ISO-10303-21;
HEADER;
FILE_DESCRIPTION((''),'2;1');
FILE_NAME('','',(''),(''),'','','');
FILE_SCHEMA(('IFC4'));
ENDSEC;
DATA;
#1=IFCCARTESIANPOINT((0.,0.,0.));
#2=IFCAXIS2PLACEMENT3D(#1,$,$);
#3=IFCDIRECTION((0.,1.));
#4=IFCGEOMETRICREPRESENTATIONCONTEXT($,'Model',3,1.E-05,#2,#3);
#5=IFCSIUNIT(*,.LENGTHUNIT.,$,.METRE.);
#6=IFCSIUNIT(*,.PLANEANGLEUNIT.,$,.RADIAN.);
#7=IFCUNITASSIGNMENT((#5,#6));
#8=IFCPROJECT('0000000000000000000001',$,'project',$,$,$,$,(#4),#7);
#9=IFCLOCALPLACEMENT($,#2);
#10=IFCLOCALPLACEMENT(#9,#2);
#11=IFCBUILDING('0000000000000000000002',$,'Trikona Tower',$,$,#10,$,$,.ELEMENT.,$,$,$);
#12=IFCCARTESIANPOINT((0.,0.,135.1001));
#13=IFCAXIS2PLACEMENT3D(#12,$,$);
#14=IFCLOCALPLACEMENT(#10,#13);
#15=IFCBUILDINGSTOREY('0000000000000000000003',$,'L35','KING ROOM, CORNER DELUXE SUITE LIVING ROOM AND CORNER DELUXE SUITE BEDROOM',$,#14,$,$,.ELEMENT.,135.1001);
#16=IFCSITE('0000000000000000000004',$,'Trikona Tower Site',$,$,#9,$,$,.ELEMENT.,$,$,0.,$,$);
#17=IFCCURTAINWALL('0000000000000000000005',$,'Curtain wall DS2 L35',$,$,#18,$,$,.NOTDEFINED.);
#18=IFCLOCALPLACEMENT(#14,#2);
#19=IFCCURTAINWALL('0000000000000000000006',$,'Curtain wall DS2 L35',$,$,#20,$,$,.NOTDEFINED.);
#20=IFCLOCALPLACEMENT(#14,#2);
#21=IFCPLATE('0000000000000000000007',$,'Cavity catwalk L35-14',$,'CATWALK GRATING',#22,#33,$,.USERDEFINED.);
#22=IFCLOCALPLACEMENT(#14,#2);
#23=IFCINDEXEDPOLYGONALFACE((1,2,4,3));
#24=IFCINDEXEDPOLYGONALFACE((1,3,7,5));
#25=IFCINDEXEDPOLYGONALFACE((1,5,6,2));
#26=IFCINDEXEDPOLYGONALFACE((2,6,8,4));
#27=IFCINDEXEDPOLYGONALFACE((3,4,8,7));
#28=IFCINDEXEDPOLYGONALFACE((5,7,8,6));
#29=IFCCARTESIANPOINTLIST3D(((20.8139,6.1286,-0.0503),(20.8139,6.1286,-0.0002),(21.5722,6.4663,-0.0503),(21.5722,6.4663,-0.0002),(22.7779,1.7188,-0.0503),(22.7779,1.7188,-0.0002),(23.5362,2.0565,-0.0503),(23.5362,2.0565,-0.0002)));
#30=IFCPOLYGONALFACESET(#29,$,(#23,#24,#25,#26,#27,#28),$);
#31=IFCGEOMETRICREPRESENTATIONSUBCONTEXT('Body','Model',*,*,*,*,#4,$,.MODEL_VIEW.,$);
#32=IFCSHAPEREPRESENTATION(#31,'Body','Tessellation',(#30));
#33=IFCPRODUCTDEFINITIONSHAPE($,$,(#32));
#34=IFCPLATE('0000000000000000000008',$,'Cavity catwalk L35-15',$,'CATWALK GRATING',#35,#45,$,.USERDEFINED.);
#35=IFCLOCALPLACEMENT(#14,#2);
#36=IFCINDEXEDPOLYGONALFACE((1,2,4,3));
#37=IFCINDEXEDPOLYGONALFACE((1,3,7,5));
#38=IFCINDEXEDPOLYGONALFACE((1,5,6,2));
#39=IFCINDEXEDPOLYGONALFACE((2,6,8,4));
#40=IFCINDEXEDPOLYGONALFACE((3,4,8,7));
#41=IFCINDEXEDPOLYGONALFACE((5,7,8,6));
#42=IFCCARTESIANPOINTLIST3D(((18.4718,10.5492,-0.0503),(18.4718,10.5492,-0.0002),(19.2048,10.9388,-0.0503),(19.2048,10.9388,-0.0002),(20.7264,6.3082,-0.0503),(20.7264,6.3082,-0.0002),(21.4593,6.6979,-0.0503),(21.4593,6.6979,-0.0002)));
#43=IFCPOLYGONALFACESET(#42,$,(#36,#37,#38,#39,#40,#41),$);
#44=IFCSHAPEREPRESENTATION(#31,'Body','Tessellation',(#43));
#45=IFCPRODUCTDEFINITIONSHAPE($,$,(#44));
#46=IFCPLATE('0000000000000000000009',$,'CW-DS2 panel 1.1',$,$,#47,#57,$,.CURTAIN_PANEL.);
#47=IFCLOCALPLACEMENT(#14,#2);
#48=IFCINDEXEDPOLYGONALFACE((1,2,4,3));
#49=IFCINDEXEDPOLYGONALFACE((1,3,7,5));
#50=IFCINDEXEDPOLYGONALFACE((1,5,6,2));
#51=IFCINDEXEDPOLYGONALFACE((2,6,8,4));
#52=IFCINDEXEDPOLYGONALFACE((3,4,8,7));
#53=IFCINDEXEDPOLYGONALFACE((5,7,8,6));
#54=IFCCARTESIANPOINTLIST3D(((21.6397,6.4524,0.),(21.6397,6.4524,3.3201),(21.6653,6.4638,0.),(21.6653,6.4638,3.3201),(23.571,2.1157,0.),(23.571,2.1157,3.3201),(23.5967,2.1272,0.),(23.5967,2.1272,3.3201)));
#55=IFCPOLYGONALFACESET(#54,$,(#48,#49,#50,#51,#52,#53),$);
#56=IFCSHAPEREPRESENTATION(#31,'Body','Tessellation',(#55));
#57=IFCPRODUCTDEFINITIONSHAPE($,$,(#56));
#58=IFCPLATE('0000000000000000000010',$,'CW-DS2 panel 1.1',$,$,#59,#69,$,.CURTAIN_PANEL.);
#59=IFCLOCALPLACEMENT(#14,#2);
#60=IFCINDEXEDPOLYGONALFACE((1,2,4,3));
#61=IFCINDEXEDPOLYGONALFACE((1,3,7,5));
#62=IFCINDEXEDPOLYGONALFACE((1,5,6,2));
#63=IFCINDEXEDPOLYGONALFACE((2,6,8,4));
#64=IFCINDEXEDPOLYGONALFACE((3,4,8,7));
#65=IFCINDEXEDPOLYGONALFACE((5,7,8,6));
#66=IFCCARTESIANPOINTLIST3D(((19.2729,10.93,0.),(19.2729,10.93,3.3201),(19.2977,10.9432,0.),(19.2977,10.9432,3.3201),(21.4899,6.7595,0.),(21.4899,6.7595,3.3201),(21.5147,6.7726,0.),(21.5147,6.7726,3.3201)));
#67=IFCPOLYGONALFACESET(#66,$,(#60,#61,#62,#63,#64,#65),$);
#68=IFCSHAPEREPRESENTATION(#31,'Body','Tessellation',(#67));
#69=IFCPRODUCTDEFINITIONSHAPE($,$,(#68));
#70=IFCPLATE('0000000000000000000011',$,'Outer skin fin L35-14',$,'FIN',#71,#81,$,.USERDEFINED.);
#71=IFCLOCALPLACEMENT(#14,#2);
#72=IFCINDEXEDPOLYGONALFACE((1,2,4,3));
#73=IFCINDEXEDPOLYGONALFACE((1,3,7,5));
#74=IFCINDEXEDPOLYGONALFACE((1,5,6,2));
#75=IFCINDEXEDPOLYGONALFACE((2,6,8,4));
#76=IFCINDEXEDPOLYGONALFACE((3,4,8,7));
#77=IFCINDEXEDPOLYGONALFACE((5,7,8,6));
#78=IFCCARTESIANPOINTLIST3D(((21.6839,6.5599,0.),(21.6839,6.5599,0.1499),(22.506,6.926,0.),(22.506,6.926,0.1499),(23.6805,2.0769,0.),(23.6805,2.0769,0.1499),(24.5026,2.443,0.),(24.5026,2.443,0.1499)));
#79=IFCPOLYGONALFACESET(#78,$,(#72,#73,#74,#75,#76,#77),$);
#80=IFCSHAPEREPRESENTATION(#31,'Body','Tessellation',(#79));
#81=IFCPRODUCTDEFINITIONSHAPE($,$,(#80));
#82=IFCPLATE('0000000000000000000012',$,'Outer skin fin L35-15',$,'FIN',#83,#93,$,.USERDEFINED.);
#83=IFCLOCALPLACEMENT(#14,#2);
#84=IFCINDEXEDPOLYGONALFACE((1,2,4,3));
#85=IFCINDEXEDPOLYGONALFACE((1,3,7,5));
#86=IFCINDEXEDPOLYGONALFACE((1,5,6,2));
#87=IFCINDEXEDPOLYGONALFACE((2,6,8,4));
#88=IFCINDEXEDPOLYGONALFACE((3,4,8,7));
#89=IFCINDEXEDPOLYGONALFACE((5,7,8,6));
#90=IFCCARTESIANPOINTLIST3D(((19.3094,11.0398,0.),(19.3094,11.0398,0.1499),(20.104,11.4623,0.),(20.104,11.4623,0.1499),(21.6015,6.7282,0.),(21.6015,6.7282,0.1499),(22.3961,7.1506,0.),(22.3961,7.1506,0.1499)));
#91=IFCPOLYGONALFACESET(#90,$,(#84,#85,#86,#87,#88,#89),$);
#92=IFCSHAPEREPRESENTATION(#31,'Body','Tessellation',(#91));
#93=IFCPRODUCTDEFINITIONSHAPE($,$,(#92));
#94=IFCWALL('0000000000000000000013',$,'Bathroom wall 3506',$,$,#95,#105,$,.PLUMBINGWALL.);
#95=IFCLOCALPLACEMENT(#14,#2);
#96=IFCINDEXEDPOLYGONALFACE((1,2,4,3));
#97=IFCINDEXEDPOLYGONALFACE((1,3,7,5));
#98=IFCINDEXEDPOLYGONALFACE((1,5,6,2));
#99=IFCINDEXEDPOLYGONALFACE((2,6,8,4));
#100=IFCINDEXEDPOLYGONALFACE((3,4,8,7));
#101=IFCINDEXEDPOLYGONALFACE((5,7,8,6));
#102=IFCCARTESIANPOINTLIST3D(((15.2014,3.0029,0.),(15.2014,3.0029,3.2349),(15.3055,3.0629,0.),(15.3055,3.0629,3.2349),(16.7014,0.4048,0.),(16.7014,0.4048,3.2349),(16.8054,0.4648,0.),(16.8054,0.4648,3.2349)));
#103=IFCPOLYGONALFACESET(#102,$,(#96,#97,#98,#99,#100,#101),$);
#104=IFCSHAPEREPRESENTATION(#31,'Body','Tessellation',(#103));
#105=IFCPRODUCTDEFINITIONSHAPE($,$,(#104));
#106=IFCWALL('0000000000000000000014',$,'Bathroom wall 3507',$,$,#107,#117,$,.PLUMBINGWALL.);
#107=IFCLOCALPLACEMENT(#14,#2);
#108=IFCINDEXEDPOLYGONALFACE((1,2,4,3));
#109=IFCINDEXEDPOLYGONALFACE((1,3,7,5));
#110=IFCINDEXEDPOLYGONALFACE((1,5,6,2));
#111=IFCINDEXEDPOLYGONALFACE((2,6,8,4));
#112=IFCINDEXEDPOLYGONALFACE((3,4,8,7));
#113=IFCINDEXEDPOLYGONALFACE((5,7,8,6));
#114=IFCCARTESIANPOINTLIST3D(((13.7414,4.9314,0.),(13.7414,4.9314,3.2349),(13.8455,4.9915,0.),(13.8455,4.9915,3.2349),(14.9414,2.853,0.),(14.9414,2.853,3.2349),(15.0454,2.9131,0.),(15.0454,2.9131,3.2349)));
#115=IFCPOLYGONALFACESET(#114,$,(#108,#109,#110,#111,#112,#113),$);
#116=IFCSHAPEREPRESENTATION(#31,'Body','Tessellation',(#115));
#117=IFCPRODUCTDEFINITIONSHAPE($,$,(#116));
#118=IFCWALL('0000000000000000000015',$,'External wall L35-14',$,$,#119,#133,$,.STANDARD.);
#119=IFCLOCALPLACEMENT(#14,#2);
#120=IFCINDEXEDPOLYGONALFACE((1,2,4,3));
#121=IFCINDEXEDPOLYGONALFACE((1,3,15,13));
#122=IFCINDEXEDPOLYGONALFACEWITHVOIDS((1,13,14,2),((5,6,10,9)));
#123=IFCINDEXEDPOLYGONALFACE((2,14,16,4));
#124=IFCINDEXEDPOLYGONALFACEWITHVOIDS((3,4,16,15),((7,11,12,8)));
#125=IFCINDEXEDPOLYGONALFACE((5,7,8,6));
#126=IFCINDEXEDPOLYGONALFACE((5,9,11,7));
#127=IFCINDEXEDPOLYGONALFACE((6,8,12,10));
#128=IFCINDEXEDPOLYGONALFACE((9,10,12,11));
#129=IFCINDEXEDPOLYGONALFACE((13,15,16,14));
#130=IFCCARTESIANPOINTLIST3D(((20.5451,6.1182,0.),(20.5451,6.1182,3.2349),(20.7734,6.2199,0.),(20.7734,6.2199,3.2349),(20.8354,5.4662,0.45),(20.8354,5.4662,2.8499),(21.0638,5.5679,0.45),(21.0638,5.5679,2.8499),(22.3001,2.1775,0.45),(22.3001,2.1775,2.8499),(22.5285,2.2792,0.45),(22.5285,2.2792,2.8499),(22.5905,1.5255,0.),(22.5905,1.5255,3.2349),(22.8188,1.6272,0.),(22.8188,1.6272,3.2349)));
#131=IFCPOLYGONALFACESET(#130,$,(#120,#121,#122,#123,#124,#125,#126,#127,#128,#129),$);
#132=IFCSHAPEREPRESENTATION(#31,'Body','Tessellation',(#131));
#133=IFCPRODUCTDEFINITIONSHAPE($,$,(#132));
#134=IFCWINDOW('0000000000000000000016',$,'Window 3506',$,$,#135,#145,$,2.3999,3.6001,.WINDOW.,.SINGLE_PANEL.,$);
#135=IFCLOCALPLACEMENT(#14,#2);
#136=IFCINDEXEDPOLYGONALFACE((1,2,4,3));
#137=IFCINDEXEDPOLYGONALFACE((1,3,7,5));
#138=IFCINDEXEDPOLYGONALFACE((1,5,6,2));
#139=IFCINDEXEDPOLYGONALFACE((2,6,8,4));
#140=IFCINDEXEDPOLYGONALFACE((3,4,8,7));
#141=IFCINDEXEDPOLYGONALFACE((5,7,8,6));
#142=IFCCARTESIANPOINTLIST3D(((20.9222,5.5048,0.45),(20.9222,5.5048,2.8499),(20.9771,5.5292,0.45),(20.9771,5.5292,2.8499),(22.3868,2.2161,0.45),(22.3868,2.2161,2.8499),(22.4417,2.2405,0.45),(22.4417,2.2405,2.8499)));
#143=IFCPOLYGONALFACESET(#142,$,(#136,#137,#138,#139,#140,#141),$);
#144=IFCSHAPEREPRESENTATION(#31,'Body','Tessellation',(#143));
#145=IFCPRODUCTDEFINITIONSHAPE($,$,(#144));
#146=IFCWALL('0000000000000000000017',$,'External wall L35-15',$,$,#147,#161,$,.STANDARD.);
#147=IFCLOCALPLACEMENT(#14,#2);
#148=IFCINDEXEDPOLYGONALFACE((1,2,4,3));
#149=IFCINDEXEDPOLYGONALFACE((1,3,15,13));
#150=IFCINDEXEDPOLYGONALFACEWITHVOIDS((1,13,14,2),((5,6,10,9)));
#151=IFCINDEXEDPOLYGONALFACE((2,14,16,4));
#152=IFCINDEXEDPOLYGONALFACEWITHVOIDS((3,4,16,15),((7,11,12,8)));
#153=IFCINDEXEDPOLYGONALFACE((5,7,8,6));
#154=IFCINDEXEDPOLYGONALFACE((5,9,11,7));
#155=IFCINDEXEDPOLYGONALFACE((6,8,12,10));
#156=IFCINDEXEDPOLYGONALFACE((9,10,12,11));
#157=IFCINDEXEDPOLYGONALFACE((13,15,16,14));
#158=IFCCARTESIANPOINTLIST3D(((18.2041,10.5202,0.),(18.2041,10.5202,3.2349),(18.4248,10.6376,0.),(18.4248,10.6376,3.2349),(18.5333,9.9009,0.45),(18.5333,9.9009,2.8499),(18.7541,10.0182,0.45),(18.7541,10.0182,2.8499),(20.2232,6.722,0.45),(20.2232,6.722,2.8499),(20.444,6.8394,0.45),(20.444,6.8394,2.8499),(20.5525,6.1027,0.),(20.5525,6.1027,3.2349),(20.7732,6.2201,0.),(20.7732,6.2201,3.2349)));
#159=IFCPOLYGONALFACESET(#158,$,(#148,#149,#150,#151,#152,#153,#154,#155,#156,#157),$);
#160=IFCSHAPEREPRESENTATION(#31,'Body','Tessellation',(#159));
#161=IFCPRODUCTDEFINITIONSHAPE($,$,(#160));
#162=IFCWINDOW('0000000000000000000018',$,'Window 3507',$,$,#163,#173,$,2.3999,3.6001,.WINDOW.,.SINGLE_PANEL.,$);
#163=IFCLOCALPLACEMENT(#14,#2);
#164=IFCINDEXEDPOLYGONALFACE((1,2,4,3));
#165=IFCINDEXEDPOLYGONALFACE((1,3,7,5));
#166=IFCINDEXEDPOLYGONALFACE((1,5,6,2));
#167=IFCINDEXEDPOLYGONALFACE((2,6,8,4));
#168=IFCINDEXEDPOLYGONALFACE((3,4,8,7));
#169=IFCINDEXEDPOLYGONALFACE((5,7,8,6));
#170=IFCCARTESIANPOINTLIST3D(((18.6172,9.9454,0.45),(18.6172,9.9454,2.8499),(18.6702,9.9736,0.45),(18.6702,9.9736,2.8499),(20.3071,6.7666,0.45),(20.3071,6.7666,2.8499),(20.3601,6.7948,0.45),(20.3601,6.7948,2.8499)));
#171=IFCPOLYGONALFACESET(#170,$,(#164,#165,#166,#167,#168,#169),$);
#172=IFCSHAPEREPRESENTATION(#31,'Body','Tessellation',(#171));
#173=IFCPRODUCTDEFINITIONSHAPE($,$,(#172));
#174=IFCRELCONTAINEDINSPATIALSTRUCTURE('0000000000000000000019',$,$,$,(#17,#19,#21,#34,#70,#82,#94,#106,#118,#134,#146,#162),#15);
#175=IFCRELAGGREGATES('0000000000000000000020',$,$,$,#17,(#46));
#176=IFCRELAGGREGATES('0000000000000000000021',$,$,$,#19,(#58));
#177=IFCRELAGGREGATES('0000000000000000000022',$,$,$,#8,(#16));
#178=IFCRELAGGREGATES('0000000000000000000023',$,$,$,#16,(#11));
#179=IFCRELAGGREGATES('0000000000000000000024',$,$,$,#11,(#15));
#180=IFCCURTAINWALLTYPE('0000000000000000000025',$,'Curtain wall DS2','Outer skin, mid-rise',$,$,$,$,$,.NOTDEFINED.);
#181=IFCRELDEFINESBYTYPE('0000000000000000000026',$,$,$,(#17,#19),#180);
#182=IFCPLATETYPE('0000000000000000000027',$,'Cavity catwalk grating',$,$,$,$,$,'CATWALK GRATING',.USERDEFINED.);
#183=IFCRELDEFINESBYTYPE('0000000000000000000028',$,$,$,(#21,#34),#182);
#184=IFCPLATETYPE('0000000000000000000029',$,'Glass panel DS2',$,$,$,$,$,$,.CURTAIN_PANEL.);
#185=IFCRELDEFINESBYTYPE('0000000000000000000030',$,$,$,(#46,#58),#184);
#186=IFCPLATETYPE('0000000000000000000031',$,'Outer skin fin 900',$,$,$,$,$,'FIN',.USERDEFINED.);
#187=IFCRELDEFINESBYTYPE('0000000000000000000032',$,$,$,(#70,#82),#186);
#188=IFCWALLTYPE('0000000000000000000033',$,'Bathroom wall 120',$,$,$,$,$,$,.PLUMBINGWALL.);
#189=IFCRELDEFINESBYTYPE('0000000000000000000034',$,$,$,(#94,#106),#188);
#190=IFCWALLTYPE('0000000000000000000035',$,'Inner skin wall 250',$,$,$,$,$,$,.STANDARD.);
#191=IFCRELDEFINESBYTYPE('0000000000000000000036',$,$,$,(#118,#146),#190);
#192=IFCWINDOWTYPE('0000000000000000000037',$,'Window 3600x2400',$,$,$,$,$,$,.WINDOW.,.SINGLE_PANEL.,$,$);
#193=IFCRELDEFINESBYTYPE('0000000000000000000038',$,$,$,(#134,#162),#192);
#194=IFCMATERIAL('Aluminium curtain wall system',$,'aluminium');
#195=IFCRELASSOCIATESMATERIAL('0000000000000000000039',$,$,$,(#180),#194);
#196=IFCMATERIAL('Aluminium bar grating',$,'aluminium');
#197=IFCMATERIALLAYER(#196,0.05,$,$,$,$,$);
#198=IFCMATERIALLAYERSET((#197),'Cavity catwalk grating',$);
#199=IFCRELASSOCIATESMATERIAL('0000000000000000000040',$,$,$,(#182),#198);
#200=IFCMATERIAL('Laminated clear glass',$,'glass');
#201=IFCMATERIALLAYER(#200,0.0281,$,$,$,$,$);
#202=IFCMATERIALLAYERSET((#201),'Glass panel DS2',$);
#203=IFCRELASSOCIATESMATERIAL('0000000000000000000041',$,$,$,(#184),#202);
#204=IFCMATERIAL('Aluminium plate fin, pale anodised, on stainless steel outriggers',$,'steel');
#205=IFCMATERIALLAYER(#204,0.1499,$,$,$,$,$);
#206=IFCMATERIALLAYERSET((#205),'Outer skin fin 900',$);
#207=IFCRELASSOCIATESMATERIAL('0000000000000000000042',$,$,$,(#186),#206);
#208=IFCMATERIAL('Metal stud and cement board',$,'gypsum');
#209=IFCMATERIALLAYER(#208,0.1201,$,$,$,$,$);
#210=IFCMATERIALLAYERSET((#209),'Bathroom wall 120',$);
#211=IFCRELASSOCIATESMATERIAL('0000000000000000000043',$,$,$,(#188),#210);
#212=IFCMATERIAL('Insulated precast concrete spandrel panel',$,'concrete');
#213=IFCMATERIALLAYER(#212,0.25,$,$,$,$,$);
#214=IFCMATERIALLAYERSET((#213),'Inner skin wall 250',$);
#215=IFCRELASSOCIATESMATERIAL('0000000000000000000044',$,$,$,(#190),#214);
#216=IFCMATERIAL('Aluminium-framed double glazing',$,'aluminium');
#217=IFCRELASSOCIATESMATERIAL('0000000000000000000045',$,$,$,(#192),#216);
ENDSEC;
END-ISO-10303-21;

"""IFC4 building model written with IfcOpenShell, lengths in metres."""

from ifc_helpers import new_model, si_unit, direction, frame, frame_2d, origin, origin_2d, place, context, subcontext, project, spatial, rectangle, extrude, material, layer, layer_set, type_object, element, fill, aggregate, save


model = new_model("IFC4")

# Units and contexts
model_context = context("Model", 3, precision=1e-05, world=origin(), true_north=direction((0.0, 1.0)))
body_context = subcontext(model_context, "Body", "Model", "MODEL_VIEW")
ifc_project = project(units=[si_unit("LENGTHUNIT", "METRE"), si_unit("PLANEANGLEUNIT", "RADIAN")], contexts=[model_context])

# Site, building, storey
site_placement = place(None, origin())
site = spatial("IfcSite", under=ifc_project, at=site_placement, Name="Trikona Tower Site", CompositionType="ELEMENT", RefElevation=0.0)
building_placement = place(site_placement, origin())
building = spatial("IfcBuilding", under=site, at=building_placement, Name="Trikona Tower", CompositionType="ELEMENT")
storey_placement = place(building_placement, frame((0.0, 0.0, 135.1001)))
storey = spatial("IfcBuildingStorey", under=building, at=storey_placement, Name="L35", Description="KING ROOM, CORNER DELUXE SUITE LIVING ROOM AND CORNER DELUXE SUITE BEDROOM", CompositionType="ELEMENT", Elevation=135.1001)

# Shared definitions
ifc_material_1 = material(Name="Aluminium curtain wall system", Category="aluminium")
curtain_wall_type = type_object("IfcCurtainWallType", Name="Curtain wall DS2", Description="Outer skin, mid-rise", PredefinedType="NOTDEFINED", material=ifc_material_1)

# Curtain walls
curtain_wall_1_placement = place(storey_placement, origin())
curtain_wall_1 = element("IfcCurtainWall", 1, at=curtain_wall_1_placement, inside=storey, type_object=curtain_wall_type, Name="Curtain wall DS2 L35", PredefinedType="NOTDEFINED")
curtain_wall_2_placement = place(storey_placement, origin())
curtain_wall_2 = element("IfcCurtainWall", 2, at=curtain_wall_2_placement, inside=storey, type_object=curtain_wall_type, Name="Curtain wall DS2 L35", PredefinedType="NOTDEFINED")

# Plates
ifc_material_2 = material(Name="Aluminium bar grating", Category="aluminium")
ifc_layer_1 = layer(ifc_material_2, 0.05)
ifc_layer_set_1 = layer_set([ifc_layer_1], Name="Cavity catwalk grating")
plate_type_1 = type_object("IfcPlateType", Name="Cavity catwalk grating", ElementType="CATWALK GRATING", PredefinedType="USERDEFINED", material=ifc_layer_set_1)
plate_1_placement = place(storey_placement, frame((22.175, 4.0925, -0.0503), z_axis=(0.0, 0.0, 1.0), x_axis=(-0.406843, 0.913498, 0.0)))
element("IfcPlate", 3, at=plate_1_placement, inside=storey, type_object=plate_type_1, Name="Cavity catwalk L35-14", ObjectType="CATWALK GRATING", PredefinedType="USERDEFINED", context=body_context, shape_type="SweptSolid", body=[
    extrude(rectangle(XDim=4.8274, YDim=0.8301, at=origin_2d()), origin(), (0.0, 0.0, 1.0), 0.05),
])
plate_2_placement = place(storey_placement, frame((19.9656, 8.6235, -0.0503), z_axis=(0.0, 0.0, 1.0), x_axis=(-0.469398, 0.882987, 0.0)))
element("IfcPlate", 4, at=plate_2_placement, inside=storey, type_object=plate_type_1, Name="Cavity catwalk L35-15", ObjectType="CATWALK GRATING", PredefinedType="USERDEFINED", context=body_context, shape_type="SweptSolid", body=[
    extrude(rectangle(XDim=4.803, YDim=0.8301, at=origin_2d()), origin(), (0.0, 0.0, 1.0), 0.05),
])

# Plates
ifc_material_3 = material(Name="Laminated clear glass", Category="glass")
ifc_layer_2 = layer(ifc_material_3, 0.0281)
ifc_layer_set_2 = layer_set([ifc_layer_2], Name="Glass panel DS2")
plate_type_2 = type_object("IfcPlateType", Name="Glass panel DS2", PredefinedType="CURTAIN_PANEL", material=ifc_layer_set_2)
plate_3_placement = place(storey_placement, frame((22.6182, 4.2898, 0.0), z_axis=(0.0, 0.0, 1.0), x_axis=(-0.406836, 0.913501, 0.0)))
plate_3 = element("IfcPlate", 5, at=plate_3_placement, type_object=plate_type_2, Name="CW-DS2 panel 1.1", PredefinedType="CURTAIN_PANEL", context=body_context, shape_type="SweptSolid", body=[
    extrude(rectangle(XDim=4.7473, YDim=0.0281, at=origin_2d()), origin(), (0.0, 0.0, 1.0), 3.3201),
])
aggregate(curtain_wall_1, [plate_3])
plate_4_placement = place(storey_placement, frame((20.3938, 8.8513, 0.0), z_axis=(0.0, 0.0, 1.0), x_axis=(-0.46938, 0.882996, 0.0)))
plate_4 = element("IfcPlate", 6, at=plate_4_placement, type_object=plate_type_2, Name="CW-DS2 panel 1.1", PredefinedType="CURTAIN_PANEL", context=body_context, shape_type="SweptSolid", body=[
    extrude(rectangle(XDim=4.7231, YDim=0.0281, at=origin_2d()), origin(), (0.0, 0.0, 1.0), 3.3201),
])
aggregate(curtain_wall_2, [plate_4])

# Plates
ifc_material_4 = material(Name="Aluminium plate fin, pale anodised, on stainless steel outriggers", Category="steel")
ifc_layer_3 = layer(ifc_material_4, 0.1499)
ifc_layer_set_3 = layer_set([ifc_layer_3], Name="Outer skin fin 900")
plate_type_3 = type_object("IfcPlateType", Name="Outer skin fin 900", ElementType="FIN", PredefinedType="USERDEFINED", material=ifc_layer_set_3)
plate_5_placement = place(storey_placement, frame((23.0933, 4.5015, 0.0), z_axis=(0.0, 0.0, 1.0), x_axis=(-0.406843, 0.913498, 0.0)))
element("IfcPlate", 7, at=plate_5_placement, inside=storey, type_object=plate_type_3, Name="Outer skin fin L35-14", ObjectType="FIN", PredefinedType="USERDEFINED", context=body_context, shape_type="SweptSolid", body=[
    extrude(rectangle(XDim=4.9075, YDim=0.8999, at=origin_2d()), origin(), (0.0, 0.0, 1.0), 0.1499),
])
plate_6_placement = place(storey_placement, frame((20.8528, 9.0952, 0.0), z_axis=(0.0, 0.0, 1.0), x_axis=(-0.469398, 0.882987, 0.0)))
element("IfcPlate", 8, at=plate_6_placement, inside=storey, type_object=plate_type_3, Name="Outer skin fin L35-15", ObjectType="FIN", PredefinedType="USERDEFINED", context=body_context, shape_type="SweptSolid", body=[
    extrude(rectangle(XDim=4.8831, YDim=0.8999, at=origin_2d()), origin(), (0.0, 0.0, 1.0), 0.1499),
])

# Walls
ifc_material_5 = material(Name="Metal stud and cement board", Category="gypsum")
ifc_layer_4 = layer(ifc_material_5, 0.1201)
ifc_layer_set_4 = layer_set([ifc_layer_4], Name="Bathroom wall 120")
wall_type_1 = type_object("IfcWallType", Name="Bathroom wall 120", PredefinedType="PLUMBINGWALL", material=ifc_layer_set_4)
wall_1_placement = place(storey_placement, frame((16.7534, 0.4348, 0.0), z_axis=(0.0, 0.0, 1.0), x_axis=(-0.49999, 0.866031, 0.0)))
element("IfcWall", 9, at=wall_1_placement, inside=storey, type_object=wall_type_1, Name="Bathroom wall 3506", PredefinedType="PLUMBINGWALL", context=body_context, shape_type="SweptSolid", body=[
    extrude(rectangle(XDim=3.0, YDim=0.1201, at=frame_2d((1.5, 0.0))), origin(), (0.0, 0.0, 1.0), 3.2349),
])
wall_2_placement = place(storey_placement, frame((14.9934, 2.8831, 0.0), z_axis=(0.0, 0.0, 1.0), x_axis=(-0.500001, 0.866025, 0.0)))
element("IfcWall", 10, at=wall_2_placement, inside=storey, type_object=wall_type_1, Name="Bathroom wall 3507", PredefinedType="PLUMBINGWALL", context=body_context, shape_type="SweptSolid", body=[
    extrude(rectangle(XDim=2.3999, YDim=0.1201, at=frame_2d((1.2, 0.0))), origin(), (0.0, 0.0, 1.0), 3.2349),
])

# Walls, openings, windows
ifc_material_6 = material(Name="Insulated precast concrete spandrel panel", Category="concrete")
ifc_layer_5 = layer(ifc_material_6, 0.25)
ifc_layer_set_5 = layer_set([ifc_layer_5], Name="Inner skin wall 250")
wall_type_2 = type_object("IfcWallType", Name="Inner skin wall 250", PredefinedType="STANDARD", material=ifc_layer_set_5)
wall_3_placement = place(storey_placement, frame((22.7046, 1.5764, 0.0), z_axis=(0.0, 0.0, 1.0), x_axis=(-0.406832, 0.913503, 0.0)))
wall_3 = element("IfcWall", 11, at=wall_3_placement, inside=storey, type_object=wall_type_2, Name="External wall L35-14", PredefinedType="STANDARD", context=body_context, shape_type="SweptSolid", body=[
    extrude(rectangle(XDim=5.0276, YDim=0.25, at=frame_2d((2.5137, 0.0))), origin(), (0.0, 0.0, 1.0), 3.2349),
])
opening_1_placement = place(wall_3_placement, frame((0.7136, 0.0, 0.45)))
opening_1 = element("IfcOpeningElement", 12, at=opening_1_placement, cuts=wall_3, PredefinedType="OPENING", context=body_context, shape_type="SweptSolid", body=[
    extrude(rectangle(XDim=3.6001, YDim=2.3999, at=frame_2d((1.8, 1.2))), frame((0.0, 0.135, 0.0), z_axis=(0.0, -1.0, 0.0), x_axis=(1.0, 0.0, 0.0)), (0.0, 0.0, 1.0), 0.27),
])
ifc_material_7 = material(Name="Aluminium-framed double glazing", Category="aluminium")
window_type = type_object("IfcWindowType", Name="Window 3600x2400", PartitioningType="SINGLE_PANEL", PredefinedType="WINDOW", material=ifc_material_7)
window_1_placement = place(opening_1_placement, origin())
window_1 = element("IfcWindow", 13, at=window_1_placement, inside=storey, type_object=window_type, Name="Window 3506", OverallHeight=2.3999, OverallWidth=3.6001, PartitioningType="SINGLE_PANEL", PredefinedType="WINDOW", context=body_context, shape_type="SweptSolid", body=[
    extrude(rectangle(XDim=3.6001, YDim=2.3999, at=frame_2d((1.8, 1.2))), frame((0.0, 0.03, 0.0), z_axis=(0.0, -1.0, 0.0), x_axis=(1.0, 0.0, 0.0)), (0.0, 0.0, 1.0), 0.0601),
])
fill(opening_1, window_1)
wall_4_placement = place(storey_placement, frame((20.6628, 6.1614, 0.0), z_axis=(0.0, 0.0, 1.0), x_axis=(-0.469405, 0.882983, 0.0)))
wall_4 = element("IfcWall", 14, at=wall_4_placement, inside=storey, type_object=wall_type_2, Name="External wall L35-15", PredefinedType="STANDARD", context=body_context, shape_type="SweptSolid", body=[
    extrude(rectangle(XDim=5.0029, YDim=0.25, at=frame_2d((2.5015, 0.0))), origin(), (0.0, 0.0, 1.0), 3.2349),
])
opening_2_placement = place(wall_4_placement, frame((0.7014, 0.0, 0.45)))
opening_2 = element("IfcOpeningElement", 15, at=opening_2_placement, cuts=wall_4, PredefinedType="OPENING", context=body_context, shape_type="SweptSolid", body=[
    extrude(rectangle(XDim=3.6001, YDim=2.3999, at=frame_2d((1.8, 1.2))), frame((0.0, 0.135, 0.0), z_axis=(0.0, -1.0, 0.0), x_axis=(1.0, 0.0, 0.0)), (0.0, 0.0, 1.0), 0.27),
])
window_2_placement = place(opening_2_placement, origin())
window_2 = element("IfcWindow", 16, at=window_2_placement, inside=storey, type_object=window_type, Name="Window 3507", OverallHeight=2.3999, OverallWidth=3.6001, PartitioningType="SINGLE_PANEL", PredefinedType="WINDOW", context=body_context, shape_type="SweptSolid", body=[
    extrude(rectangle(XDim=3.6001, YDim=2.3999, at=frame_2d((1.8, 1.2))), frame((0.0, 0.03, 0.0), z_axis=(0.0, -1.0, 0.0), x_axis=(1.0, 0.0, 0.0)), (0.0, 0.0, 1.0), 0.0601),
])
fill(opening_2, window_2)

save(model, "model.ifc")
